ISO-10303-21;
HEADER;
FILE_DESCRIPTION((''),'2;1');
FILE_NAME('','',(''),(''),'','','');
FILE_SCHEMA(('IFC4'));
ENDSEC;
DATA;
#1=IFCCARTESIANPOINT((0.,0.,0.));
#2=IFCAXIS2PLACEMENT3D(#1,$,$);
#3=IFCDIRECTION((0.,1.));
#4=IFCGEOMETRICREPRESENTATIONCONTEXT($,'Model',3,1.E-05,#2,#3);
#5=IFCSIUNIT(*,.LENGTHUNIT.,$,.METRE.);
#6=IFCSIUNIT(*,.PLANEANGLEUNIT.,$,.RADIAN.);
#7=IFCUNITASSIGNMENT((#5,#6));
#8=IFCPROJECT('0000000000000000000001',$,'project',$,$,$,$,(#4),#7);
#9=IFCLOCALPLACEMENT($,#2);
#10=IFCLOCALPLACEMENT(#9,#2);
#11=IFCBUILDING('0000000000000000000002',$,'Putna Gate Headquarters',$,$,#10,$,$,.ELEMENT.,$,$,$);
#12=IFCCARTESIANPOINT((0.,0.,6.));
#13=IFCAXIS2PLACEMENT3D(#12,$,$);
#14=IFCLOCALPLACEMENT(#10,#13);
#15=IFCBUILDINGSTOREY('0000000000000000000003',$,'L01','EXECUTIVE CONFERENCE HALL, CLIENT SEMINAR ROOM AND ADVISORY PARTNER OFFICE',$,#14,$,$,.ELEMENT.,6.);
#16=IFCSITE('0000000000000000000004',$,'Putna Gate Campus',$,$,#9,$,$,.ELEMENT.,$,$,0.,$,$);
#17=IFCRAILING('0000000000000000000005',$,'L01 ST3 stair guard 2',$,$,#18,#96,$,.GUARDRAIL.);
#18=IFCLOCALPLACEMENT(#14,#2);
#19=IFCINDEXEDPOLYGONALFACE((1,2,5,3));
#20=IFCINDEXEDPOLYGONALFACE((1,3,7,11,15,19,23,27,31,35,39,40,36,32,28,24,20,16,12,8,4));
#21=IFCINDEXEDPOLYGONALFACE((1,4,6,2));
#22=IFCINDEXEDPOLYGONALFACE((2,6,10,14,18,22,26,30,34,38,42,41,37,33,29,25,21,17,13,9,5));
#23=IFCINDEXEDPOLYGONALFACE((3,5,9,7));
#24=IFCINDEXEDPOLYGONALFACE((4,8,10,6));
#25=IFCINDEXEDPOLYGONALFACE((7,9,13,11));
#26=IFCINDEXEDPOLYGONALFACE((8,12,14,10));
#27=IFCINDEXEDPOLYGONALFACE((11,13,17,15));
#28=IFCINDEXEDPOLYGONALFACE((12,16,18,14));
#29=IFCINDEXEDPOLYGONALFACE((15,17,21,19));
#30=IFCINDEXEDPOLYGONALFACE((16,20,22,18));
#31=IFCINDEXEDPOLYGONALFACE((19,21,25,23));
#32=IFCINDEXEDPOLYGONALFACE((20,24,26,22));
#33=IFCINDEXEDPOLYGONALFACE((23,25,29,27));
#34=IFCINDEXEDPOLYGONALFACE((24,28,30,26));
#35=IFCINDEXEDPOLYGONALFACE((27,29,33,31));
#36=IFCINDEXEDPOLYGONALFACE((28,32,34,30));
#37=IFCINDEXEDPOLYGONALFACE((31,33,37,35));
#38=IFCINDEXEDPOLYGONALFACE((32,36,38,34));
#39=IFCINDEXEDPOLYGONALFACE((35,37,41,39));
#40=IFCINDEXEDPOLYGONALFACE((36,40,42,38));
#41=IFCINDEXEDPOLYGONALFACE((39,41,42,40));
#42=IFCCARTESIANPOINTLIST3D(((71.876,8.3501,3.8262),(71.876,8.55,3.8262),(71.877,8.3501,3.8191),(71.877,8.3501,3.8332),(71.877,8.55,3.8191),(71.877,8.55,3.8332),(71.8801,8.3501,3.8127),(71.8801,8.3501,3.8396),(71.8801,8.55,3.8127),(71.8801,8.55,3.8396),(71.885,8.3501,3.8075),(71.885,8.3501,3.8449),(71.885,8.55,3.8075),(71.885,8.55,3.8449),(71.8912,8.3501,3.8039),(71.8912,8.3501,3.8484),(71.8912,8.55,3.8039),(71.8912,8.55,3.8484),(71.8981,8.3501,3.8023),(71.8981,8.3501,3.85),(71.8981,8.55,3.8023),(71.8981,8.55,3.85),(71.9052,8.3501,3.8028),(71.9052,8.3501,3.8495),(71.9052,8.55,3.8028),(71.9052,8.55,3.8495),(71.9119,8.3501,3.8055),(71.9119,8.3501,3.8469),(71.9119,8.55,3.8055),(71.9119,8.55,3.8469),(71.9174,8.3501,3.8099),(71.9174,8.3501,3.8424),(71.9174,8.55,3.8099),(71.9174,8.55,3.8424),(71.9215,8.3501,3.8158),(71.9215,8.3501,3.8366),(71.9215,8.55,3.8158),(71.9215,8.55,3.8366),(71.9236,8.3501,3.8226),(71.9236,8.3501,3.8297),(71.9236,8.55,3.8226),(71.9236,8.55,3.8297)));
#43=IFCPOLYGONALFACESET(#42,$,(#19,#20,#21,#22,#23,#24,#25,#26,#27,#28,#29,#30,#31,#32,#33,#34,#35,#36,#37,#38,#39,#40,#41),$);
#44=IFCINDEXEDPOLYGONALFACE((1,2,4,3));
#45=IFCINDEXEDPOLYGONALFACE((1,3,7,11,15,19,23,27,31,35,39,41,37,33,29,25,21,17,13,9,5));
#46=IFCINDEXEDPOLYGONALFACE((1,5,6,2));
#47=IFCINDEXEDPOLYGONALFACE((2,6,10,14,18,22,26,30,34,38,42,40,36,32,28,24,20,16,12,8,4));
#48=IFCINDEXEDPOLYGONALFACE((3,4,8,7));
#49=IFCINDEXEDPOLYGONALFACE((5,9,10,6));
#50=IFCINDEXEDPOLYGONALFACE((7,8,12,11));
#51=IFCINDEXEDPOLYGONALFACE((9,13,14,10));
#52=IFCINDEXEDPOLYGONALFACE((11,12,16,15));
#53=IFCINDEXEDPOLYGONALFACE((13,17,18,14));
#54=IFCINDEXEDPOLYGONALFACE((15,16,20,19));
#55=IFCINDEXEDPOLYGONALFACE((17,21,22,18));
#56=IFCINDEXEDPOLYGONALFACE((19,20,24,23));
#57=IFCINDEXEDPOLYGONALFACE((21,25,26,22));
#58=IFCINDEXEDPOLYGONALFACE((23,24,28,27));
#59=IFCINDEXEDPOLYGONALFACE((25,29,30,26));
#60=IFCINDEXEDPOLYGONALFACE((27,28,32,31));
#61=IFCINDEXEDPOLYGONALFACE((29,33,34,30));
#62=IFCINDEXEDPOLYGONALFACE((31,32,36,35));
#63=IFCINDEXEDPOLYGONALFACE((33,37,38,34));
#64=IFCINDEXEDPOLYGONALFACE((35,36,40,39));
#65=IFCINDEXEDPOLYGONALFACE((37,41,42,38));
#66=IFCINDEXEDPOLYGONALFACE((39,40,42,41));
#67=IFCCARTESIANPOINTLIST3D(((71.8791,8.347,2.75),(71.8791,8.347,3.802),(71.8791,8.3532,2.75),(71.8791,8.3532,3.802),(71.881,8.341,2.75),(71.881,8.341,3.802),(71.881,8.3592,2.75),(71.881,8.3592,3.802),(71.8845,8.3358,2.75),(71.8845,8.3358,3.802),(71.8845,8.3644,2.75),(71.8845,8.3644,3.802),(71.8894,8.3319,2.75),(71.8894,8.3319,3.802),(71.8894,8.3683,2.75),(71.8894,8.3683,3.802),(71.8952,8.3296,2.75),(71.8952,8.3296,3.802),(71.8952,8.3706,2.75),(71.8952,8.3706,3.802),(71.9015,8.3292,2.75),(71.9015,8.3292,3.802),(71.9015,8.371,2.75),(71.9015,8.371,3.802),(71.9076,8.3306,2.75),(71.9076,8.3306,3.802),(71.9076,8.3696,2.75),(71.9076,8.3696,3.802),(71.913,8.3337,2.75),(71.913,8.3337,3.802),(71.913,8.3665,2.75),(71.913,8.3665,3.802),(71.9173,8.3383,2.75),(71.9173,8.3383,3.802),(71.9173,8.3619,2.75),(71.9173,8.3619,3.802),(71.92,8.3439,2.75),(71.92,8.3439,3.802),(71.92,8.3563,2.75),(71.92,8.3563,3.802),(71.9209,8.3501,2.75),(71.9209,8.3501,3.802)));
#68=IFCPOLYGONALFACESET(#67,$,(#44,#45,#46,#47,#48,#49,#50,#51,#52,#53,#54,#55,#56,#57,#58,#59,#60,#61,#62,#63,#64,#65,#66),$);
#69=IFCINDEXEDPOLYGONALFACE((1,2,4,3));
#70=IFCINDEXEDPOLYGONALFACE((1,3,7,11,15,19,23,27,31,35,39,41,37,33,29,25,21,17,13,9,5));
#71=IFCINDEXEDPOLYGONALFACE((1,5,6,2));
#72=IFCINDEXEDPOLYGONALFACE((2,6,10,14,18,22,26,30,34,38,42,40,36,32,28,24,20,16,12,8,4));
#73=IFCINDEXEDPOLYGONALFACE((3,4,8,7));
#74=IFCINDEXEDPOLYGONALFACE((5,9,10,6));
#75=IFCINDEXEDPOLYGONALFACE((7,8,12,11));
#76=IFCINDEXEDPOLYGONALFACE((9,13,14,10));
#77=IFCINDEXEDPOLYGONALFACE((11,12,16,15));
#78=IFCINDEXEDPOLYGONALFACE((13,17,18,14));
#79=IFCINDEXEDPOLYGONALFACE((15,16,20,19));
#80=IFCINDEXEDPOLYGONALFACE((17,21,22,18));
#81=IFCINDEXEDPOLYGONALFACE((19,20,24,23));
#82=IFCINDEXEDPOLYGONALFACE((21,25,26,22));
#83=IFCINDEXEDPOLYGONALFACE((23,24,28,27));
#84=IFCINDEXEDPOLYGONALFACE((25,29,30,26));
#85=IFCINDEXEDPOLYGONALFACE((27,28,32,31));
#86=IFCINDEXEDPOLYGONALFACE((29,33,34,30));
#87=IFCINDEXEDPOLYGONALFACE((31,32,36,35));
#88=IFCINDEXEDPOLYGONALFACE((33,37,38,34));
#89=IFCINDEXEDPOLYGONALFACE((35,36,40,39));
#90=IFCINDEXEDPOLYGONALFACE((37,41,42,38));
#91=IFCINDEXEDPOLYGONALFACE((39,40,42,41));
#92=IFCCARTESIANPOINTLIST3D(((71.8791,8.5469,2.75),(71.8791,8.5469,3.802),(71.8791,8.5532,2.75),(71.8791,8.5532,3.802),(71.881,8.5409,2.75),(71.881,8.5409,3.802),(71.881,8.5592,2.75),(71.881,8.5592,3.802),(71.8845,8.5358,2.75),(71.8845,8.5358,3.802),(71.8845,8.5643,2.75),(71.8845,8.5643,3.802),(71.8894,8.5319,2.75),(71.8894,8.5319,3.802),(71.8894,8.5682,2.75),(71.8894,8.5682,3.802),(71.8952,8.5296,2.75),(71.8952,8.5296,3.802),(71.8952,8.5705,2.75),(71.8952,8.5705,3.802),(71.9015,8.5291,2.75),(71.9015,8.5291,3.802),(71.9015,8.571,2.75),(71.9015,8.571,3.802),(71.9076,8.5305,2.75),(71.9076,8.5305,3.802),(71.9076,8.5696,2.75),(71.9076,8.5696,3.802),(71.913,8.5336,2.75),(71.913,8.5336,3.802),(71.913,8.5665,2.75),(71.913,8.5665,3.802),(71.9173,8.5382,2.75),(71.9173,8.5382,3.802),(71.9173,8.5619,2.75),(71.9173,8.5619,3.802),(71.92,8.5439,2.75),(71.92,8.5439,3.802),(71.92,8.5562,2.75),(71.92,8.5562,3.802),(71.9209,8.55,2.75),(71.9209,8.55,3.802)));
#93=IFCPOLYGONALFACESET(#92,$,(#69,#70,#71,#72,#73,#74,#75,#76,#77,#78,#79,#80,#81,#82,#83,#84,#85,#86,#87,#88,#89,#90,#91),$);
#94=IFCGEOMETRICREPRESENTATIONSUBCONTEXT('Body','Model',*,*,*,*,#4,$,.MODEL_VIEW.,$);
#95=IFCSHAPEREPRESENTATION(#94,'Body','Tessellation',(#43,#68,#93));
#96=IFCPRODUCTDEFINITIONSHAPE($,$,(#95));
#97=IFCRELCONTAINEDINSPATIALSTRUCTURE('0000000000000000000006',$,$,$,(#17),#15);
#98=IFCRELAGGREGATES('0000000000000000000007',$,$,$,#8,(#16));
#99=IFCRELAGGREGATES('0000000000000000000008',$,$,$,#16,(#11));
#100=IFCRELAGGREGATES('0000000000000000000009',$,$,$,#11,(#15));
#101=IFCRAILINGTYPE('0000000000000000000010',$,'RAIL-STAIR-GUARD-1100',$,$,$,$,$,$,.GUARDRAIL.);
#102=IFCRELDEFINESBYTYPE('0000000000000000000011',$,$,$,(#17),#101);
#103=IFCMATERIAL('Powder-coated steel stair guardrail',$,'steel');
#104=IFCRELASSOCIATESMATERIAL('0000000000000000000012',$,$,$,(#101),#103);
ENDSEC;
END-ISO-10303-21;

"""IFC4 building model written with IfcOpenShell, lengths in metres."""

from ifc_helpers import new_model, si_unit, direction, frame, origin, origin_2d, place, context, subcontext, project, spatial, circle, extrude, material, type_object, element, save


model = new_model("IFC4")

# Units and contexts
model_context = context("Model", 3, precision=1e-05, world=origin(), true_north=direction((0.0, 1.0)))
body_context = subcontext(model_context, "Body", "Model", "MODEL_VIEW")
ifc_project = project(units=[si_unit("LENGTHUNIT", "METRE"), si_unit("PLANEANGLEUNIT", "RADIAN")], contexts=[model_context])

# Site, building, storey
site_placement = place(None, origin())
site = spatial("IfcSite", under=ifc_project, at=site_placement, Name="Putna Gate Campus", CompositionType="ELEMENT", RefElevation=0.0)
building_placement = place(site_placement, origin())
building = spatial("IfcBuilding", under=site, at=building_placement, Name="Putna Gate Headquarters", CompositionType="ELEMENT")
storey_placement = place(building_placement, frame((0.0, 0.0, 6.0)))
storey = spatial("IfcBuildingStorey", under=building, at=storey_placement, Name="L01", Description="EXECUTIVE CONFERENCE HALL, CLIENT SEMINAR ROOM AND ADVISORY PARTNER OFFICE", CompositionType="ELEMENT", Elevation=6.0)

# Railing
ifc_material_1 = material(Name="Powder-coated steel stair guardrail", Category="steel")
railing_type_1 = type_object("IfcRailingType", Name="RAIL-STAIR-GUARD-1100", PredefinedType="GUARDRAIL", material=ifc_material_1)
railing_1_placement = place(storey_placement, frame((71.8999, 8.3501, 2.75)))
element("IfcRailing", 1, at=railing_1_placement, inside=storey, type_object=railing_type_1, Name="L01 ST3 stair guard 2", PredefinedType="GUARDRAIL", context=body_context, shape_type="SweptSolid", body=[
    extrude(circle(Radius=0.0239, at=origin_2d()), frame((0.0, 0.0, 1.0762), z_axis=(0.0, 1.0, 0.0), x_axis=(-1.0, 0.0, 0.0)), (0.0, 0.0, 1.0), 0.2),
    extrude(circle(Radius=0.021, at=origin_2d()), origin(), (0.0, 0.0, 1.0), 1.052),
    extrude(circle(Radius=0.021, at=origin_2d()), frame((0.0, 0.2, 0.0)), (0.0, 0.0, 1.0), 1.052),
])

save(model, "model.ifc")
